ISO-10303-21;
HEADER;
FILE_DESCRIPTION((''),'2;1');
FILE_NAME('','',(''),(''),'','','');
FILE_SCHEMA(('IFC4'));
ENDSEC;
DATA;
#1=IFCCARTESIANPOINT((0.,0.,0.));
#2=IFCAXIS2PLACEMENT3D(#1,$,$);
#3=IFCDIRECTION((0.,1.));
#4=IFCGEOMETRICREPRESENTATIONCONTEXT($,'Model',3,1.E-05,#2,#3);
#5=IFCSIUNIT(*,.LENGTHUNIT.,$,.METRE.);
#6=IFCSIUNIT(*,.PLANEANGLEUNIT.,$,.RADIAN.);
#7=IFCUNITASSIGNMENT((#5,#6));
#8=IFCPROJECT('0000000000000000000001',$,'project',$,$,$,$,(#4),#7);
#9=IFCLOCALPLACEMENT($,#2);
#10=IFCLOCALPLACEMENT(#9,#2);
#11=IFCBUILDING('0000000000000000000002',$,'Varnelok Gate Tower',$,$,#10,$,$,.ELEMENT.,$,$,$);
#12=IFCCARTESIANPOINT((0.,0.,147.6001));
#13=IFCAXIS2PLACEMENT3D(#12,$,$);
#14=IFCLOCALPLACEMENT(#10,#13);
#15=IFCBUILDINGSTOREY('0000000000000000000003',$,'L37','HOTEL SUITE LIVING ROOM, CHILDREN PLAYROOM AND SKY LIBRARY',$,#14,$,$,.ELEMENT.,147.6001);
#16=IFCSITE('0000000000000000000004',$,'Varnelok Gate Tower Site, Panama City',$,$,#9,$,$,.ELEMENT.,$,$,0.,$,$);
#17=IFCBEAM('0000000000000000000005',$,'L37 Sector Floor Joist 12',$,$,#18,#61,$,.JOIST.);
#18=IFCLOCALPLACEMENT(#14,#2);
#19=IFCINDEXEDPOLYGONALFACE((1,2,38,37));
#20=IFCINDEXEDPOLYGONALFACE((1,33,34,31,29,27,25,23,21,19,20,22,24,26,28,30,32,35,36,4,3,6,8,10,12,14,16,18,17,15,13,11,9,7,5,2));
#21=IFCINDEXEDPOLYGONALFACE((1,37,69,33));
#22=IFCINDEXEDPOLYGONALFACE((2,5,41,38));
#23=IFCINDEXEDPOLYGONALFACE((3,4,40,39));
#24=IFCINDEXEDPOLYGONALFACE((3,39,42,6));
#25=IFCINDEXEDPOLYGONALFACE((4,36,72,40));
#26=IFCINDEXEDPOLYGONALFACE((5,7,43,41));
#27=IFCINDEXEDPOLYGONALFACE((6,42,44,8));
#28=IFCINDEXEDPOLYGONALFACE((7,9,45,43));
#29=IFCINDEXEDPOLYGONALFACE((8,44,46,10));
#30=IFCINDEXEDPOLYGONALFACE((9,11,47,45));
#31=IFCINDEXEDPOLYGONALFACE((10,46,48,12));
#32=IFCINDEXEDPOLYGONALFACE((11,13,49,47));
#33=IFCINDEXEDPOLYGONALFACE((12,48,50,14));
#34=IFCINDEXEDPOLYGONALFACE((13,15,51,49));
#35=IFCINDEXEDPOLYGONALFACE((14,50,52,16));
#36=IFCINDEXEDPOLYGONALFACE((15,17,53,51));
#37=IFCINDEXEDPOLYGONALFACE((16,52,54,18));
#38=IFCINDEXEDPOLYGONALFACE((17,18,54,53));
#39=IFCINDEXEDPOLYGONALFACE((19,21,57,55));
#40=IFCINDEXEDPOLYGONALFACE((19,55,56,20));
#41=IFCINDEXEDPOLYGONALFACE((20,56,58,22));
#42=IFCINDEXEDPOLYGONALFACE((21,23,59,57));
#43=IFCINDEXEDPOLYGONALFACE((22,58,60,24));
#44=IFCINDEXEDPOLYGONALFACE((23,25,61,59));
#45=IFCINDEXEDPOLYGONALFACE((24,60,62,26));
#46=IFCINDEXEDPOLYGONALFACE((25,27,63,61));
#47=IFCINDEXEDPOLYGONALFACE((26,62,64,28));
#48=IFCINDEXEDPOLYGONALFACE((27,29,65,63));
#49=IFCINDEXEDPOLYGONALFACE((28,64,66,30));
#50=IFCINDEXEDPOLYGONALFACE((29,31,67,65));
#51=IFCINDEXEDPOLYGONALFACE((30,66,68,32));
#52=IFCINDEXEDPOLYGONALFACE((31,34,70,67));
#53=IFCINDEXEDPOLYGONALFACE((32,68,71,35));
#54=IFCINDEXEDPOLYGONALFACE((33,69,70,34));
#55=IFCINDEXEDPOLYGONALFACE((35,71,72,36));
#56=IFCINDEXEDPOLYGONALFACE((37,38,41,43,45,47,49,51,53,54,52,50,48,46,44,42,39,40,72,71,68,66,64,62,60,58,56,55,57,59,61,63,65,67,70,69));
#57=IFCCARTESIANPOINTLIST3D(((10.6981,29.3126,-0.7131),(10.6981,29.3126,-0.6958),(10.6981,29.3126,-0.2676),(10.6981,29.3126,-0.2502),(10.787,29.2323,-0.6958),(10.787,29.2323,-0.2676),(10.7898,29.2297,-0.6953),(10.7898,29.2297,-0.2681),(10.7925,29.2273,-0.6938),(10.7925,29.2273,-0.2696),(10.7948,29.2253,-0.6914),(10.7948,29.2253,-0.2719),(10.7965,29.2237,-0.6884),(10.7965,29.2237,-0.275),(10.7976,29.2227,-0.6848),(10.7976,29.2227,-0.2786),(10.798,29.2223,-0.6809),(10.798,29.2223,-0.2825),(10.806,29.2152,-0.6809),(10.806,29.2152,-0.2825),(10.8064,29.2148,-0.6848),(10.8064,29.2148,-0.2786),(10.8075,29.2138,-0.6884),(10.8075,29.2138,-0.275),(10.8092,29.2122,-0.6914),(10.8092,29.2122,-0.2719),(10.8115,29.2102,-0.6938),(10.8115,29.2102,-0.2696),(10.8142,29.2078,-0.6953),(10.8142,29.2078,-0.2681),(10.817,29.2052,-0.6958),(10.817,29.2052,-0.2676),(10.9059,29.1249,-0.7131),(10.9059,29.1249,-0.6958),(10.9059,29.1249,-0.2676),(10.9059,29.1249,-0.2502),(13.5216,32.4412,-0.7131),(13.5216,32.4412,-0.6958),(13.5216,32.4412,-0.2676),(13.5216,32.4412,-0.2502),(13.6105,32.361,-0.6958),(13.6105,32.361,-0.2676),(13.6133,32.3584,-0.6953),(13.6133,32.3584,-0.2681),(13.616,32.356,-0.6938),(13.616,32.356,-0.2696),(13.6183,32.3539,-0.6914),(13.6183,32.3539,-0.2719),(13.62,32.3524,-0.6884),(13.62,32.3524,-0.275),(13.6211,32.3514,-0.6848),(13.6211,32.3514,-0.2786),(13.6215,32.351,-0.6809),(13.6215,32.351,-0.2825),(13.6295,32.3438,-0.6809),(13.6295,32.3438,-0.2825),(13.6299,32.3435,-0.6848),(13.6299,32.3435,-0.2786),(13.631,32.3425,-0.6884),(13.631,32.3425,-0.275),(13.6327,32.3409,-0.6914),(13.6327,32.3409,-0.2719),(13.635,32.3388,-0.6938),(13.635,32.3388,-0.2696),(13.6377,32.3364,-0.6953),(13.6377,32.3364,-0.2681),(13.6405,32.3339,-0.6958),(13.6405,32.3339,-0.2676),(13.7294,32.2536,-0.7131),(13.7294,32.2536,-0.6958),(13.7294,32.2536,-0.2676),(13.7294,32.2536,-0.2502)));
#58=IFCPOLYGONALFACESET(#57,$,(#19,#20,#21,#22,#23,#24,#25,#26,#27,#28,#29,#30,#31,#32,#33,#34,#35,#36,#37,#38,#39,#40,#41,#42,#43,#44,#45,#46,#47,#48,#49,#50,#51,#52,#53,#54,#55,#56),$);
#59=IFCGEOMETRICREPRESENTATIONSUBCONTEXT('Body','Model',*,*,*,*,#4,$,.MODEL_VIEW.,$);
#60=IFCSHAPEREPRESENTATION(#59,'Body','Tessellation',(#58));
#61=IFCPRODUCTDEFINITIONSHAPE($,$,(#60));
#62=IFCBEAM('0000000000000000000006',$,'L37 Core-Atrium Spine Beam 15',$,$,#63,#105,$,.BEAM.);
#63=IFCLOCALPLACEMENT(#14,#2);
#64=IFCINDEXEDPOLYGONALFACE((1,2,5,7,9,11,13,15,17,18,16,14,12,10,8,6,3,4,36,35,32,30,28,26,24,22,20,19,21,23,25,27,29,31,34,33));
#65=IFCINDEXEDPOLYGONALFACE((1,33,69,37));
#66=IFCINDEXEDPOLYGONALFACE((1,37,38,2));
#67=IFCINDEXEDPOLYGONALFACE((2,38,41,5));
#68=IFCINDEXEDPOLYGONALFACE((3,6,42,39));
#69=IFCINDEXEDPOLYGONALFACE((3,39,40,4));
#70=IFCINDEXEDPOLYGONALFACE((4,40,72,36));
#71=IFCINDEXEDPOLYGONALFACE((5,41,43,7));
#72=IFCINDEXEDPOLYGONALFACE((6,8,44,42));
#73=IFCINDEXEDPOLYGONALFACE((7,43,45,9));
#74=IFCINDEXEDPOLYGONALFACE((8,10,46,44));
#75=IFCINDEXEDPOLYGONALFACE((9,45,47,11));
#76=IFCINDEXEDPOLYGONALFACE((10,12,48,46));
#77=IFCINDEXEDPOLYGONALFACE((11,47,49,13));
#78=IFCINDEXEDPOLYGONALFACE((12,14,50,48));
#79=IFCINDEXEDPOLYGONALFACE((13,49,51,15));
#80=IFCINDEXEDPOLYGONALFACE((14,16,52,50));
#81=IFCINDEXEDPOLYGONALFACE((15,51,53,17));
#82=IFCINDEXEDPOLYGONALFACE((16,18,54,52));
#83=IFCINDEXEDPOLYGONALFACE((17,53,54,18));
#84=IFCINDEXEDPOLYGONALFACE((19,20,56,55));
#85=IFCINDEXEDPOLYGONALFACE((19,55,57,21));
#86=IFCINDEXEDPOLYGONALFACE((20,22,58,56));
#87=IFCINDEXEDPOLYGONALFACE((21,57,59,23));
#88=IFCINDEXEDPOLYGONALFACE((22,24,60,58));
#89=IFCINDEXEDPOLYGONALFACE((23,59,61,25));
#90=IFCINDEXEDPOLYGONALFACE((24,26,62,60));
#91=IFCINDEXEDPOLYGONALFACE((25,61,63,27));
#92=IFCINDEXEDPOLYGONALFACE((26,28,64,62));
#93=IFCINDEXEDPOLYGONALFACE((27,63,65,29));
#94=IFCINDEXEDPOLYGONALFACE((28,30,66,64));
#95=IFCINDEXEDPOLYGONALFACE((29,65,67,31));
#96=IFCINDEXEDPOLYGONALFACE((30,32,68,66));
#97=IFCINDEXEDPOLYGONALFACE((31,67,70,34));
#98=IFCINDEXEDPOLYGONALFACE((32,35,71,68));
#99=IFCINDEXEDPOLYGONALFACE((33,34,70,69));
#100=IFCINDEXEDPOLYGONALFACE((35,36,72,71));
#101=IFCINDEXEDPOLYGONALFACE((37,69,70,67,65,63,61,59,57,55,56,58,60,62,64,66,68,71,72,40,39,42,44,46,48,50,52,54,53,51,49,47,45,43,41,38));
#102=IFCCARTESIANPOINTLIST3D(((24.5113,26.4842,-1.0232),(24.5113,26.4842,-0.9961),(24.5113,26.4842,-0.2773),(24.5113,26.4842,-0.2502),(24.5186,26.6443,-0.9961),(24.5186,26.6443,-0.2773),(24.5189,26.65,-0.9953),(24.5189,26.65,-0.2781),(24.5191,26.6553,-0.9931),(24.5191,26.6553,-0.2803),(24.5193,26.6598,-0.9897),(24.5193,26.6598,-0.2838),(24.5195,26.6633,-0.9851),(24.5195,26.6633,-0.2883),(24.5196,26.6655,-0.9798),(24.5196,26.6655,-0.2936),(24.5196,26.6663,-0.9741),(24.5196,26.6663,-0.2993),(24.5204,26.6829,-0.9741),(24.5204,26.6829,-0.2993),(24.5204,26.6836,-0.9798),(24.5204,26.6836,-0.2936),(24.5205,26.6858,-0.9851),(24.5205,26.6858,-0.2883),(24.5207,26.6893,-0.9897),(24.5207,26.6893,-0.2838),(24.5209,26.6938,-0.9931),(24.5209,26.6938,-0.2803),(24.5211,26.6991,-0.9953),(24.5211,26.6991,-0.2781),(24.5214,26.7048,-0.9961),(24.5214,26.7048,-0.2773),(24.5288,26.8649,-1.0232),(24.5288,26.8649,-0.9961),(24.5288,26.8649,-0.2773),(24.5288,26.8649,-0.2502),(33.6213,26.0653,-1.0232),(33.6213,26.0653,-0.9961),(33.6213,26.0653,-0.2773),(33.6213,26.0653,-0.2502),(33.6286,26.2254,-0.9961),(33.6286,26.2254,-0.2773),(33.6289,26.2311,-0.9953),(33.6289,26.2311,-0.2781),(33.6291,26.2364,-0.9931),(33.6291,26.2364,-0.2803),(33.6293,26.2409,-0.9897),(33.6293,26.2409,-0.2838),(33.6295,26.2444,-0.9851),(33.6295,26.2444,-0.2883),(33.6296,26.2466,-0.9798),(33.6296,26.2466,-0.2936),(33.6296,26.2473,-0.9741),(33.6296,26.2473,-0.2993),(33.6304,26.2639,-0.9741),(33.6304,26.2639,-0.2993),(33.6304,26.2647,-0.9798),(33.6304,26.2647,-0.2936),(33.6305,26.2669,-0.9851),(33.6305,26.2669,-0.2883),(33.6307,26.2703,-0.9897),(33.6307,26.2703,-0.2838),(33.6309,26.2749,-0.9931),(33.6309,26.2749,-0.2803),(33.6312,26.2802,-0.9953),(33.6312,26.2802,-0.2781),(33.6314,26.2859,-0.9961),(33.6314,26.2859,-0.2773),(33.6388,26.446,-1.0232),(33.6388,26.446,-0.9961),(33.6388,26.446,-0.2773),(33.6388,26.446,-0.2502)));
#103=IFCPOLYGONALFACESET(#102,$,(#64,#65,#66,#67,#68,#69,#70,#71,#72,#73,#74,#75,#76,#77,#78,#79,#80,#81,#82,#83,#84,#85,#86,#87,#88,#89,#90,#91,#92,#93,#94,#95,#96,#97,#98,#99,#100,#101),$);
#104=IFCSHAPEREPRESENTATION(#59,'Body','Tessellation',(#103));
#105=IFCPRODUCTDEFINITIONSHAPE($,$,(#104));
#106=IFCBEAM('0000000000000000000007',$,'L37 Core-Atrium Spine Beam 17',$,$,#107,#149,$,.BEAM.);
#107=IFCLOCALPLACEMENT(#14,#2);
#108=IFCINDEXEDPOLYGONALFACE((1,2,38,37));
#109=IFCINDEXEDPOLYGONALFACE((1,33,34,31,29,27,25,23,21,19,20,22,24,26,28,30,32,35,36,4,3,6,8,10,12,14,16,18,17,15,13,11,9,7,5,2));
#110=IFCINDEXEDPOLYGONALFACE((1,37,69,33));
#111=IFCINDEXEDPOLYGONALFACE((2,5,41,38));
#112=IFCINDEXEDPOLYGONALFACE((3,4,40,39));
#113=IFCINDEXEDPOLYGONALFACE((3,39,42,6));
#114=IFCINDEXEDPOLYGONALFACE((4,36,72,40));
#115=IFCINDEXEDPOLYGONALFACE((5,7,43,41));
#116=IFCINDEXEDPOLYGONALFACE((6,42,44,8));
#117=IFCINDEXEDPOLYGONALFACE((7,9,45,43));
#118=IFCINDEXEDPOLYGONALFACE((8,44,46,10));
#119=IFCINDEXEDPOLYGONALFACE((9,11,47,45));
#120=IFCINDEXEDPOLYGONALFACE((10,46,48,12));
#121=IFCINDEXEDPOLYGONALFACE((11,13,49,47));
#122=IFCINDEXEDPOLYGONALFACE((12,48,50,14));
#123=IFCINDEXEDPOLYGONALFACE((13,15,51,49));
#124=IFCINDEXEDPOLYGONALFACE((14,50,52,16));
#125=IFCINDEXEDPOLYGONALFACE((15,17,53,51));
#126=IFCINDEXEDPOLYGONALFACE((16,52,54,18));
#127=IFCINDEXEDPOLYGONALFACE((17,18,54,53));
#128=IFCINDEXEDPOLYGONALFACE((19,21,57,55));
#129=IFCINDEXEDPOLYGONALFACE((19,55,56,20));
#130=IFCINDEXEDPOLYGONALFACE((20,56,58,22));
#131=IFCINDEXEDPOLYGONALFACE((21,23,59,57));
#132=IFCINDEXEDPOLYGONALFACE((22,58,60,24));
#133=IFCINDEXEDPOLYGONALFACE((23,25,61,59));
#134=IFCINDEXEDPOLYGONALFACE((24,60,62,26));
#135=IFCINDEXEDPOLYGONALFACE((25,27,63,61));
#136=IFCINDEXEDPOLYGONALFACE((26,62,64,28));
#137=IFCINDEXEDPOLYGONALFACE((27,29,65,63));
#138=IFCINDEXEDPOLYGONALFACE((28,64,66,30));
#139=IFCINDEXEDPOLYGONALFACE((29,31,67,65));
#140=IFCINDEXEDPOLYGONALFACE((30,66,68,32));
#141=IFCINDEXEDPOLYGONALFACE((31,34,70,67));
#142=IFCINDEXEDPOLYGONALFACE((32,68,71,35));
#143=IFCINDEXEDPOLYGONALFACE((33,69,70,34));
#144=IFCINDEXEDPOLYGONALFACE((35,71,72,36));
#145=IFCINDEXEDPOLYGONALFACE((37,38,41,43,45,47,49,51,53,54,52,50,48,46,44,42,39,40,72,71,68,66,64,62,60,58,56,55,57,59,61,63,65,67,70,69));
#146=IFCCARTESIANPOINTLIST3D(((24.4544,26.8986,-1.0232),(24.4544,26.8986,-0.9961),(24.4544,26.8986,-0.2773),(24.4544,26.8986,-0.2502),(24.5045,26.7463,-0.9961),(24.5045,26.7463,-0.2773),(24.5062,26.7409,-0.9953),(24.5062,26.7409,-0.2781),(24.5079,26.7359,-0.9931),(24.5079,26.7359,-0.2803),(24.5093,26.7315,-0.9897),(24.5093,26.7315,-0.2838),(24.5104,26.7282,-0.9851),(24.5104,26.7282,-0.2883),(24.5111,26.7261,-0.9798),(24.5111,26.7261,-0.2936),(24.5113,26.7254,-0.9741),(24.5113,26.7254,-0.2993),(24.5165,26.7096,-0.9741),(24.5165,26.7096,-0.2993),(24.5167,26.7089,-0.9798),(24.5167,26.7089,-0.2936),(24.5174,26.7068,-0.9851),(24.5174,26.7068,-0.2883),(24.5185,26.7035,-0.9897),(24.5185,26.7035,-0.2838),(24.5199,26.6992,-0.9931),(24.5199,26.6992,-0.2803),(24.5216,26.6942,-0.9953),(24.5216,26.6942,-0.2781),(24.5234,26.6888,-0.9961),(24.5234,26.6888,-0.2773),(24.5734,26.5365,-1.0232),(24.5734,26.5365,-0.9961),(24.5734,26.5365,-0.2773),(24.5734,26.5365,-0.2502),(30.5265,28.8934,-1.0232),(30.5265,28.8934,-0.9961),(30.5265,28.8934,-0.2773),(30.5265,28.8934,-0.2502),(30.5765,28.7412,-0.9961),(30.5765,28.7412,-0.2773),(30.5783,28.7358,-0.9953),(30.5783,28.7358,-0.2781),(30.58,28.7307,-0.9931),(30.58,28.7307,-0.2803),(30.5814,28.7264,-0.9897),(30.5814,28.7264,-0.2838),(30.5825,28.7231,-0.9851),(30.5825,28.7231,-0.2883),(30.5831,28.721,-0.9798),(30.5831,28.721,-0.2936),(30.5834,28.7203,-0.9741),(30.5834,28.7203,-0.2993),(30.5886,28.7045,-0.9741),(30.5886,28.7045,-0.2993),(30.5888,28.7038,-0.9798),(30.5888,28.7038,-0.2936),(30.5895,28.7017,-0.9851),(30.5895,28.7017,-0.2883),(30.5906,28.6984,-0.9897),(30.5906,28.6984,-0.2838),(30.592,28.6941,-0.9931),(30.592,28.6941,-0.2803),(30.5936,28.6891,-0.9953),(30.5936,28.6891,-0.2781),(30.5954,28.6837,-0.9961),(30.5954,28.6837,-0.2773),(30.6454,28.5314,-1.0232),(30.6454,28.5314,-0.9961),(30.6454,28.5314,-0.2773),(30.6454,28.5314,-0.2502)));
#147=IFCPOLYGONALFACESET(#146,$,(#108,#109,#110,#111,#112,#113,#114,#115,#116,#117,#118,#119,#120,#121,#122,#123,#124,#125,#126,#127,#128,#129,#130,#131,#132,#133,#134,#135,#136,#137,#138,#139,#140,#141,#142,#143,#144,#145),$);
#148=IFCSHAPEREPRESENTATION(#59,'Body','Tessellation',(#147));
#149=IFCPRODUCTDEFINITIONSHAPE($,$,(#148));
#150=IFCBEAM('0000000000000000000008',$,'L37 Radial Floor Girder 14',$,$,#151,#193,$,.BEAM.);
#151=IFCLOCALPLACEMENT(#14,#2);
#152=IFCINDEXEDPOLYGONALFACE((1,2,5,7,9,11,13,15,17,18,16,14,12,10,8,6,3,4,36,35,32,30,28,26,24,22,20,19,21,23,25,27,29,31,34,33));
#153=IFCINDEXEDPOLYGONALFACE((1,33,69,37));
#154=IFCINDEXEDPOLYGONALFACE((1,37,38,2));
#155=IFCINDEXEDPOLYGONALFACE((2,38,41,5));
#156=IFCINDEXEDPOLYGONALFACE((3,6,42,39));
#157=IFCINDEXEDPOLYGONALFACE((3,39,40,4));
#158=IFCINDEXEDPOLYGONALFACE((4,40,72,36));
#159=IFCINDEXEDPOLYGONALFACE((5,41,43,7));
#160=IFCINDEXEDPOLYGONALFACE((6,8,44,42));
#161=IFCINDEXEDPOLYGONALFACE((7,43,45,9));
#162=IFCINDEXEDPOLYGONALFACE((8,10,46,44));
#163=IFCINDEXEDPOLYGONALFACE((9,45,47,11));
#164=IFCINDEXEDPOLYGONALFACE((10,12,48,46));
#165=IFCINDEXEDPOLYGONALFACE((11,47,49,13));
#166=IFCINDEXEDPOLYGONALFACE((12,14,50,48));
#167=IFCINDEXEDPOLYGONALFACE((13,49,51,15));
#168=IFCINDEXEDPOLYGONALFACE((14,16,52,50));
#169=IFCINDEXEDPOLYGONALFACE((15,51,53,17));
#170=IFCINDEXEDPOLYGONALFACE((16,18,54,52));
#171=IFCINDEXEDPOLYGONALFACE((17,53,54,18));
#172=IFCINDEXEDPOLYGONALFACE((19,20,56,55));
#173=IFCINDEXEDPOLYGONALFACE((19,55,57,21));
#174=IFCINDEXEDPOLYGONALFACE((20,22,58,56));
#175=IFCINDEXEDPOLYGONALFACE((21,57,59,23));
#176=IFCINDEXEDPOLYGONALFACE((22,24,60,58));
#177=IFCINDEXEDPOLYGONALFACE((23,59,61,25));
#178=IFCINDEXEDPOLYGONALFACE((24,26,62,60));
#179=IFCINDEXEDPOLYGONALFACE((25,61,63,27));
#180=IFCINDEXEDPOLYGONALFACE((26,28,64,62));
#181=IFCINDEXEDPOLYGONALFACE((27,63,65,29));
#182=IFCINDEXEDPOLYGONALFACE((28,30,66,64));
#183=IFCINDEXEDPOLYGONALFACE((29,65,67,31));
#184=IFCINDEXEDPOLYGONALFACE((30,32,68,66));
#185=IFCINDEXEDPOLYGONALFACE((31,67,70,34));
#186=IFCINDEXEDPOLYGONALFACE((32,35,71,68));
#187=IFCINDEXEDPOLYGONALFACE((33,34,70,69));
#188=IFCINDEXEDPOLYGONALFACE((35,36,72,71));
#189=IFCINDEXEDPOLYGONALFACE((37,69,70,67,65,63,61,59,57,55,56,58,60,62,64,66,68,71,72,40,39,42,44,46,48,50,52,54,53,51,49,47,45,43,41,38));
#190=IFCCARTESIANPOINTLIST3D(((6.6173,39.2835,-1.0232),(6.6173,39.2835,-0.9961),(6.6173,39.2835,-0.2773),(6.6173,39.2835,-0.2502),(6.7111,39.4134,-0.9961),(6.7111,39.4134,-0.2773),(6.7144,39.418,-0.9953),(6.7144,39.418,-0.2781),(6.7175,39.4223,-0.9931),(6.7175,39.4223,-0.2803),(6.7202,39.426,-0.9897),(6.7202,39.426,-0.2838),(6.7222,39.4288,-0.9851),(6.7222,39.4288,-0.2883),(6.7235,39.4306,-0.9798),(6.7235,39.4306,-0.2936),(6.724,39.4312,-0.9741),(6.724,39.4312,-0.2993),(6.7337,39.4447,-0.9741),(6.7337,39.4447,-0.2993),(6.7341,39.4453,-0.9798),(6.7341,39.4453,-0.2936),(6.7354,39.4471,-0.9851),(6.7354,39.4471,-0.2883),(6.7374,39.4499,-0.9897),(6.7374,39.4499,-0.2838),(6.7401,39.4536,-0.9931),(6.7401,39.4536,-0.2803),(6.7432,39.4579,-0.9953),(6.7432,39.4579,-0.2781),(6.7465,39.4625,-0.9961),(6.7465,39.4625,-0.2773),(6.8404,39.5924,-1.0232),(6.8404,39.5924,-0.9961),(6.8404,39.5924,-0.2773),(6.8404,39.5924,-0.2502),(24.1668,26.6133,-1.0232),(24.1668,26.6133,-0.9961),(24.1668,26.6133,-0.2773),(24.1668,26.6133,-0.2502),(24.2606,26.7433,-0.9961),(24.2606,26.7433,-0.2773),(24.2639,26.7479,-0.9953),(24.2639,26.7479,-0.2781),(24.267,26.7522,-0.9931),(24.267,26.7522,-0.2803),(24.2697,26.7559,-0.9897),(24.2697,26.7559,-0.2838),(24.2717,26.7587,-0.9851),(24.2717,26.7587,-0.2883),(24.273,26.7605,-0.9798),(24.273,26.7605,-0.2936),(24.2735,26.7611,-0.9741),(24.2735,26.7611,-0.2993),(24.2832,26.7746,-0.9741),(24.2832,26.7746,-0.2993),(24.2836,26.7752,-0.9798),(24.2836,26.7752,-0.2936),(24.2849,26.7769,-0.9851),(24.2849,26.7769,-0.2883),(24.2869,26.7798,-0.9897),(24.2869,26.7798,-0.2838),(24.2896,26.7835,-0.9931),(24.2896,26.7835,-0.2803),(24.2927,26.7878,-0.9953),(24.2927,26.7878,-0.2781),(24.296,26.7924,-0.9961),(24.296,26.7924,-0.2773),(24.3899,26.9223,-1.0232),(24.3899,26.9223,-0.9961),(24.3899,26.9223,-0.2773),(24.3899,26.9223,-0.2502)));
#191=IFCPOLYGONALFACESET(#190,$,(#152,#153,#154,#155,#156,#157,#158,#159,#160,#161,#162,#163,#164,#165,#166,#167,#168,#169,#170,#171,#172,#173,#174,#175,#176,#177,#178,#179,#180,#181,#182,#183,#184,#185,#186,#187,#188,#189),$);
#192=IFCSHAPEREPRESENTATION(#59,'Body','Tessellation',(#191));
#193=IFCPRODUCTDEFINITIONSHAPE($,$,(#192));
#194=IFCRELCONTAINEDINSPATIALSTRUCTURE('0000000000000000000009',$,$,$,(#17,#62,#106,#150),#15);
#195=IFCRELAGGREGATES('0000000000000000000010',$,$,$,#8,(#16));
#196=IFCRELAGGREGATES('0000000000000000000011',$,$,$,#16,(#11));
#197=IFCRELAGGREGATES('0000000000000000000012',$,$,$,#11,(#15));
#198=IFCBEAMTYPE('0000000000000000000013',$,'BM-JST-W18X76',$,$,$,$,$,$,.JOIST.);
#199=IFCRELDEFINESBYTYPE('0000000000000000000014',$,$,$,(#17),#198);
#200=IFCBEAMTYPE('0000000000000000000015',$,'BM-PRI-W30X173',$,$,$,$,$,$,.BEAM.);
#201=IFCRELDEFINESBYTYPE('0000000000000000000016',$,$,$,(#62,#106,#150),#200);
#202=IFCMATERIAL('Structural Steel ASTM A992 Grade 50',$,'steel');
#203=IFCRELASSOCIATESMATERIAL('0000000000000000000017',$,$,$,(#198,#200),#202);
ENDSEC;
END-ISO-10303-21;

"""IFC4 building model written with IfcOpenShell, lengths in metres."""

from ifc_helpers import new_model, si_unit, direction, frame, origin, origin_2d, place, context, subcontext, project, spatial, i_section, extrude, material, material_profile, profile_set, type_object, element, save


model = new_model("IFC4")

# Units and contexts
model_context = context("Model", 3, precision=1e-05, world=origin(), true_north=direction((0.0, 1.0)))
body_context = subcontext(model_context, "Body", "Model", "MODEL_VIEW")
ifc_project = project(units=[si_unit("LENGTHUNIT", "METRE"), si_unit("PLANEANGLEUNIT", "RADIAN")], contexts=[model_context])

# Site, building, storey
site_placement = place(None, origin())
site = spatial("IfcSite", under=ifc_project, at=site_placement, Name="Varnelok Gate Tower Site, Panama City", CompositionType="ELEMENT", RefElevation=0.0)
building_placement = place(site_placement, origin())
building = spatial("IfcBuilding", under=site, at=building_placement, Name="Varnelok Gate Tower", CompositionType="ELEMENT")
storey_placement = place(building_placement, frame((0.0, 0.0, 147.6001)))
storey = spatial("IfcBuildingStorey", under=building, at=storey_placement, Name="L37", Description="HOTEL SUITE LIVING ROOM, CHILDREN PLAYROOM AND SKY LIBRARY", CompositionType="ELEMENT", Elevation=147.6001)

# Shared definitions
ifc_material_1 = material(Name="Structural Steel ASTM A992 Grade 50", Category="steel")

# Beams
ifc_material_profile_1 = material_profile(ifc_material_1, i_section(OverallWidth=0.28, OverallDepth=0.4629, WebThickness=0.0107, FlangeThickness=0.0173, FilletRadius=0.0149, at=origin_2d()), Name="W18X76")
ifc_profile_set_1 = profile_set([ifc_material_profile_1], Name="Structural Steel ASTM A992 Grade 50")
beam_type_1 = type_object("IfcBeamType", Name="BM-JST-W18X76", PredefinedType="JOIST", material=ifc_profile_set_1)
beam_1_placement = place(storey_placement, frame((10.802, 29.2188, -0.4817), z_axis=(0.669972, 0.742386, 0.0), x_axis=(-0.742386, 0.669972, 0.0)))
element("IfcBeam", 1, at=beam_1_placement, inside=storey, type_object=beam_type_1, Name="L37 Sector Floor Joist 12", PredefinedType="JOIST", context=body_context, shape_type="SweptSolid", body=[
    extrude(i_section(OverallWidth=0.28, OverallDepth=0.4629, WebThickness=0.0107, FlangeThickness=0.0173, FilletRadius=0.0149, at=origin_2d()), origin(), (0.0, 0.0, 1.0), 4.2144),
])
ifc_material_profile_2 = material_profile(ifc_material_1, i_section(OverallWidth=0.3811, OverallDepth=0.7729, WebThickness=0.0166, FlangeThickness=0.0271, FilletRadius=0.022, at=origin_2d()), Name="W30X173")
ifc_profile_set_2 = profile_set([ifc_material_profile_2], Name="Structural Steel ASTM A992 Grade 50")
beam_type_2 = type_object("IfcBeamType", Name="BM-PRI-W30X173", PredefinedType="BEAM", material=ifc_profile_set_2)
beam_2_placement = place(storey_placement, frame((24.52, 26.6746, -0.6367), z_axis=(0.998944, -0.045938, 0.0), x_axis=(0.045938, 0.998944, 0.0)))
element("IfcBeam", 2, at=beam_2_placement, inside=storey, type_object=beam_type_2, Name="L37 Core-Atrium Spine Beam 15", PredefinedType="BEAM", context=body_context, shape_type="SweptSolid", body=[
    extrude(i_section(OverallWidth=0.3811, OverallDepth=0.7729, WebThickness=0.0166, FlangeThickness=0.0271, FilletRadius=0.022, at=origin_2d()), origin(), (0.0, 0.0, 1.0), 9.1196),
])
beam_3_placement = place(storey_placement, frame((24.5139, 26.7175, -0.6367), z_axis=(0.950042, 0.312122, 0.0), x_axis=(-0.312122, 0.950042, 0.0)))
element("IfcBeam", 3, at=beam_3_placement, inside=storey, type_object=beam_type_2, Name="L37 Core-Atrium Spine Beam 17", PredefinedType="BEAM", context=body_context, shape_type="SweptSolid", body=[
    extrude(i_section(OverallWidth=0.3811, OverallDepth=0.7729, WebThickness=0.0166, FlangeThickness=0.0271, FilletRadius=0.022, at=origin_2d()), origin(), (0.0, 0.0, 1.0), 6.3914),
])
beam_4_placement = place(storey_placement, frame((24.2783, 26.7678, -0.6367), z_axis=(-0.810778, 0.585353, 0.0), x_axis=(-0.585353, -0.810778, 0.0)))
element("IfcBeam", 4, at=beam_4_placement, inside=storey, type_object=beam_type_2, Name="L37 Radial Floor Girder 14", PredefinedType="BEAM", context=body_context, shape_type="SweptSolid", body=[
    extrude(i_section(OverallWidth=0.3811, OverallDepth=0.7729, WebThickness=0.0166, FlangeThickness=0.0271, FilletRadius=0.022, at=origin_2d()), origin(), (0.0, 0.0, 1.0), 21.6453),
])

save(model, "model.ifc")
